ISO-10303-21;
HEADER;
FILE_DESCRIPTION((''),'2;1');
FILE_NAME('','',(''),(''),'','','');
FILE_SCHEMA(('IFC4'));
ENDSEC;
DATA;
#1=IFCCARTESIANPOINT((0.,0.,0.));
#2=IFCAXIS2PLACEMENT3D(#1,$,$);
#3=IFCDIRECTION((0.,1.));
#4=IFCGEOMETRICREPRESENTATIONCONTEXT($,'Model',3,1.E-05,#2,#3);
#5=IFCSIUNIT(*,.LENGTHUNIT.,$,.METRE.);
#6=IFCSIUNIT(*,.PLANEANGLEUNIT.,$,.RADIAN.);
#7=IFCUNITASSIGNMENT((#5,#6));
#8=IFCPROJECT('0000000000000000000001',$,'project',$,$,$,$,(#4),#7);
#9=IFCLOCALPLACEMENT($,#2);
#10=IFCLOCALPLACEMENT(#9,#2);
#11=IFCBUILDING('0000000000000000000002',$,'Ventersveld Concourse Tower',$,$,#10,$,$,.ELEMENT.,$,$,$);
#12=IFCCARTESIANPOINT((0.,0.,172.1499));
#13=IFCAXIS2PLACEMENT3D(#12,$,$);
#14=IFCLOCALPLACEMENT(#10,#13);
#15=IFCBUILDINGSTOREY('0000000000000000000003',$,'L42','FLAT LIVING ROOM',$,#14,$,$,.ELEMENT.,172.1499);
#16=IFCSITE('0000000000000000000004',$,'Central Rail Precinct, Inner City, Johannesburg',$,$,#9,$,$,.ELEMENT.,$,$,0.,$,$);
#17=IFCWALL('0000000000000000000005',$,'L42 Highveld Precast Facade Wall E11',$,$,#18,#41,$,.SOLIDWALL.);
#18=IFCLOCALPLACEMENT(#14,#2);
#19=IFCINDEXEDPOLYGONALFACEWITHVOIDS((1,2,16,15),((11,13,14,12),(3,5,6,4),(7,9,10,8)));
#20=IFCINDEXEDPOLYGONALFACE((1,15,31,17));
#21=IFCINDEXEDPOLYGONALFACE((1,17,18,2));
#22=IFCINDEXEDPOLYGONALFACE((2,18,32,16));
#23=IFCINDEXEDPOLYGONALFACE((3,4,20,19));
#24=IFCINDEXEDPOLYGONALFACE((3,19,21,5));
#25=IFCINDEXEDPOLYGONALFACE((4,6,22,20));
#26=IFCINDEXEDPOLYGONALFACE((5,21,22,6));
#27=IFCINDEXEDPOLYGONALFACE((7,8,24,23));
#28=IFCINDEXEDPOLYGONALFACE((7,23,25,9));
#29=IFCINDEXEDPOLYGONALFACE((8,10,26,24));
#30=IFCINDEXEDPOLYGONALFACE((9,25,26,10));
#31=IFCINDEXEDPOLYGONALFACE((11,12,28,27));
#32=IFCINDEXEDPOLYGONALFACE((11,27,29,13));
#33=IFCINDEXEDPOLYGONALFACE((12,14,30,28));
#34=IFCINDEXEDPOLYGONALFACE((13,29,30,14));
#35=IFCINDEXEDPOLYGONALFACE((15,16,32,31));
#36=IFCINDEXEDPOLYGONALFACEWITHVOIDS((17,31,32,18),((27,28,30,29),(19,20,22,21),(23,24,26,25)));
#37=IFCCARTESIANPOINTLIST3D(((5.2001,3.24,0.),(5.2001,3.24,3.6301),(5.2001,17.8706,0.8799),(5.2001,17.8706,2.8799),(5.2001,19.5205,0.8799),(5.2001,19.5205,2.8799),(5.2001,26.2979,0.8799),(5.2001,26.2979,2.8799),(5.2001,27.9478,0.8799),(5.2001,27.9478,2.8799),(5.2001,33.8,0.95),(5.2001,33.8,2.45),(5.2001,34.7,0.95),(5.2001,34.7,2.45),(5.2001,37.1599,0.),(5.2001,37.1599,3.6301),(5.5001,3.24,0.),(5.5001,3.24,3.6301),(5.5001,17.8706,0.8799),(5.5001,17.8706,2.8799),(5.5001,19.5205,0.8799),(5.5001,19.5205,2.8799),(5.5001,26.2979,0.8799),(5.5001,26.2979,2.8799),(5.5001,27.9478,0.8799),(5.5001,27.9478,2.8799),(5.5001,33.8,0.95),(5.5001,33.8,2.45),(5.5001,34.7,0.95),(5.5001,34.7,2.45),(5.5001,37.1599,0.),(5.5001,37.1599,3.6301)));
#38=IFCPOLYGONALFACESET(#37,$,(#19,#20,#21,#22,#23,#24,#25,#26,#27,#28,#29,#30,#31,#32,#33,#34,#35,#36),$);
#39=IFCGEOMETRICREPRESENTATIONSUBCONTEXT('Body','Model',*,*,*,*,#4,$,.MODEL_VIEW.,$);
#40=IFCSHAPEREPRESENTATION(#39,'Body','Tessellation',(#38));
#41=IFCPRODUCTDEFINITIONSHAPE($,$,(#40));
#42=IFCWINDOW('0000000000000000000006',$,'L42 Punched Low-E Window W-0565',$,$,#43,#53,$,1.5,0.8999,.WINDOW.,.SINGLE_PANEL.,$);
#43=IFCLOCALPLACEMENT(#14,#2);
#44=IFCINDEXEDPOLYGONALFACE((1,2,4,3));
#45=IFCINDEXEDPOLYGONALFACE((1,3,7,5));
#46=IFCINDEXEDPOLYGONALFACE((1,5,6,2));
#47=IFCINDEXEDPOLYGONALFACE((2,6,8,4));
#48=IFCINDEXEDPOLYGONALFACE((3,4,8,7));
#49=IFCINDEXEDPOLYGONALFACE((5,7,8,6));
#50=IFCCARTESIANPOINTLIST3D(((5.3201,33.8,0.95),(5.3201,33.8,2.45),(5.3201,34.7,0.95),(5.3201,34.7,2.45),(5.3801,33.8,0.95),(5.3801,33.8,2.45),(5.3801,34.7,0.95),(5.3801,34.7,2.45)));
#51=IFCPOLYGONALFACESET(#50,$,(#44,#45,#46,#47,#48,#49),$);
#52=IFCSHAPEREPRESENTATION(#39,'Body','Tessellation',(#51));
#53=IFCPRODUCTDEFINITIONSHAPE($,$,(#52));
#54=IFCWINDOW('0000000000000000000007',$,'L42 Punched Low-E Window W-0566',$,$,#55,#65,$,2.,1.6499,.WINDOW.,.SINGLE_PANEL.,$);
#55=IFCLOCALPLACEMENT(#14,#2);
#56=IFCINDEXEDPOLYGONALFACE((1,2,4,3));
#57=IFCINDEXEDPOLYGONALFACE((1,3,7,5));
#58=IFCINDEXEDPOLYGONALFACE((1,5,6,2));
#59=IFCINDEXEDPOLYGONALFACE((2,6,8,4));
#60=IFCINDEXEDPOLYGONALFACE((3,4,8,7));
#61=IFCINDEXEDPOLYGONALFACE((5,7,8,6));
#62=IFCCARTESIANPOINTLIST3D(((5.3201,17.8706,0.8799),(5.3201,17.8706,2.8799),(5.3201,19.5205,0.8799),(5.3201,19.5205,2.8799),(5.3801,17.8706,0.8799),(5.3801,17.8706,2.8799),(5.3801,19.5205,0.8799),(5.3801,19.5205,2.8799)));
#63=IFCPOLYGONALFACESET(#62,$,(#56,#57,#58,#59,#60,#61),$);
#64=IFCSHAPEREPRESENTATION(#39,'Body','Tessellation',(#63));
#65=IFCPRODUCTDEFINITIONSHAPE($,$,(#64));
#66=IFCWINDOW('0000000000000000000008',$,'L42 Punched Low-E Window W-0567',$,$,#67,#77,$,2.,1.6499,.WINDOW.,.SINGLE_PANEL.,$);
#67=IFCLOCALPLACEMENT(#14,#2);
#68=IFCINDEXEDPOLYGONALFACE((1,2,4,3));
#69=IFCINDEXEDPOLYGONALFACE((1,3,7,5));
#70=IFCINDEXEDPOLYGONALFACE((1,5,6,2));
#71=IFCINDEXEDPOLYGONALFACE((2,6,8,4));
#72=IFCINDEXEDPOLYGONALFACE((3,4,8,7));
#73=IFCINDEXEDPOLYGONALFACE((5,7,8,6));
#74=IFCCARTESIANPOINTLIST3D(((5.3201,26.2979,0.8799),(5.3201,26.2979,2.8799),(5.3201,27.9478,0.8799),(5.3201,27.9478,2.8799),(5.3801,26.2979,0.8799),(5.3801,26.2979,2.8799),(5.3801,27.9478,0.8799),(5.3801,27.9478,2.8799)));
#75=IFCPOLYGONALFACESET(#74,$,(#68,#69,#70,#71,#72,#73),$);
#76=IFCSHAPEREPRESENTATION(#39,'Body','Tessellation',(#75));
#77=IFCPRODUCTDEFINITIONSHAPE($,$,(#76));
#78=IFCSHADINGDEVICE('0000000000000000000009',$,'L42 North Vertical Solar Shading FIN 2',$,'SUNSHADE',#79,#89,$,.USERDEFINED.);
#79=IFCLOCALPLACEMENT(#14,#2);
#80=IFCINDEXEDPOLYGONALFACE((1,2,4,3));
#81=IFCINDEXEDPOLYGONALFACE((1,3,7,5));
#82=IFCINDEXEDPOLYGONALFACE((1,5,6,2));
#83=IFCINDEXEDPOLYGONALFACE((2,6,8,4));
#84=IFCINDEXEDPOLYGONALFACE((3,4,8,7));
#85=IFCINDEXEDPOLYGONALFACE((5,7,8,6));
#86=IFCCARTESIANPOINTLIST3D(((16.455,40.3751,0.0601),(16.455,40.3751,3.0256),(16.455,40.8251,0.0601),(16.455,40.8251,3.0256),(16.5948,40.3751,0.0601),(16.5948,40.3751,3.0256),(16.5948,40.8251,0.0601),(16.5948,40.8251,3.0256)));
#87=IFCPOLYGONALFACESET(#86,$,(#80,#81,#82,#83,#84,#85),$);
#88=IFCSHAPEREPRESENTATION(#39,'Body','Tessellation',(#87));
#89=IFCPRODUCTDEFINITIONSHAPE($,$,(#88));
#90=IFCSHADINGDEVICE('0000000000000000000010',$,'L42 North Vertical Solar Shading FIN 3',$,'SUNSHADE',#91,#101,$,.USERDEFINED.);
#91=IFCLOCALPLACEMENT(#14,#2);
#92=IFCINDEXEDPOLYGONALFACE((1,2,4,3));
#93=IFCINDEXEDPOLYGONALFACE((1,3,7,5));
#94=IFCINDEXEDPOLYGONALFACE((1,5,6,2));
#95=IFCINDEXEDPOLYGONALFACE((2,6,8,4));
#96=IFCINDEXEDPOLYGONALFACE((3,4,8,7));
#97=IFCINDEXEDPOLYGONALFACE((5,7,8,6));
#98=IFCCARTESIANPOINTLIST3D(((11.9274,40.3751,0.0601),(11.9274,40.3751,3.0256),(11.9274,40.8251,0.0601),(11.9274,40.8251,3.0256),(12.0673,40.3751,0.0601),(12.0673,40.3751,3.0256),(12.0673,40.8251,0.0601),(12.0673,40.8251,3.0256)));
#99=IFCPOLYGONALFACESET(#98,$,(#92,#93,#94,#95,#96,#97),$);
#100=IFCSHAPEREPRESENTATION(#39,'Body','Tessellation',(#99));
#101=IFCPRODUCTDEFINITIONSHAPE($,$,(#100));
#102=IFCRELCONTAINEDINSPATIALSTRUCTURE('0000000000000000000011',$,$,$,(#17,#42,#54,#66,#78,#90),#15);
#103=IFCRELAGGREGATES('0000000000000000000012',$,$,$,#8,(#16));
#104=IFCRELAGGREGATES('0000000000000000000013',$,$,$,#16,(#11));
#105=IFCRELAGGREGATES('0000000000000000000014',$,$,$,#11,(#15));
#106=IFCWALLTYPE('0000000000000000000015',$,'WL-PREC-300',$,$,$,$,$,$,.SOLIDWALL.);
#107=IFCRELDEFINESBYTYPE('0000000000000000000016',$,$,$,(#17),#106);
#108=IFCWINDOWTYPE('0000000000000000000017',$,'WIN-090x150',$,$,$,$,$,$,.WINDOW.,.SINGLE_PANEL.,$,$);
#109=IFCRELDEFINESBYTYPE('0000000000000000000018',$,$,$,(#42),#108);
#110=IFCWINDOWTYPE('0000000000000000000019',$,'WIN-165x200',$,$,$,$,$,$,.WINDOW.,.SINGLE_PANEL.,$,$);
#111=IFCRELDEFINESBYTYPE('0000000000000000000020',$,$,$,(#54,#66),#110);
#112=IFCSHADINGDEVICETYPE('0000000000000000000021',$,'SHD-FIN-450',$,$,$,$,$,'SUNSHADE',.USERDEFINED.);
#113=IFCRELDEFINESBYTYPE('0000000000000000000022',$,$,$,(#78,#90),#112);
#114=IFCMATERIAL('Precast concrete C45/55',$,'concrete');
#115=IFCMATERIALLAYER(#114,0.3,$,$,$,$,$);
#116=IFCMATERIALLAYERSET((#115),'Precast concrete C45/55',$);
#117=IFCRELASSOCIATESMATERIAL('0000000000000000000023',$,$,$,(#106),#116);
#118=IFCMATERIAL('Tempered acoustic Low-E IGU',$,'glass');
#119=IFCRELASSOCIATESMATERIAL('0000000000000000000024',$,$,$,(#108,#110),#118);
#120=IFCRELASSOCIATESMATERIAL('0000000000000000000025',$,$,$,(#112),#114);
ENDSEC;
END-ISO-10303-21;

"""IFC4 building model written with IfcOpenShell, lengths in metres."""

from ifc_helpers import new_model, si_unit, direction, frame, frame_2d, origin, origin_2d, place, context, subcontext, project, spatial, rectangle, extrude, material, layer, layer_set, type_object, element, fill, save


model = new_model("IFC4")

# Units and contexts
model_context = context("Model", 3, precision=1e-05, world=origin(), true_north=direction((0.0, 1.0)))
body_context = subcontext(model_context, "Body", "Model", "MODEL_VIEW")
ifc_project = project(units=[si_unit("LENGTHUNIT", "METRE"), si_unit("PLANEANGLEUNIT", "RADIAN")], contexts=[model_context])

# Site, building, storey
site_placement = place(None, origin())
site = spatial("IfcSite", under=ifc_project, at=site_placement, Name="Central Rail Precinct, Inner City, Johannesburg", CompositionType="ELEMENT", RefElevation=0.0)
building_placement = place(site_placement, origin())
building = spatial("IfcBuilding", under=site, at=building_placement, Name="Ventersveld Concourse Tower", CompositionType="ELEMENT")
storey_placement = place(building_placement, frame((0.0, 0.0, 172.1499)))
storey = spatial("IfcBuildingStorey", under=building, at=storey_placement, Name="L42", Description="FLAT LIVING ROOM", CompositionType="ELEMENT", Elevation=172.1499)

# Shared definitions
ifc_material_1 = material(Name="Precast concrete C45/55", Category="concrete")
ifc_layer_1 = layer(ifc_material_1, 0.3)
ifc_layer_set_1 = layer_set([ifc_layer_1], Name="Precast concrete C45/55")
wall_type_1 = type_object("IfcWallType", Name="WL-PREC-300", PredefinedType="SOLIDWALL", material=ifc_layer_set_1)

# Wall, openings, windows
wall_1_placement = place(storey_placement, frame((5.3501, 37.1599, 0.0), z_axis=(0.0, 0.0, 1.0), x_axis=(0.0, -1.0, 0.0)))
wall_1 = element("IfcWall", 1, at=wall_1_placement, inside=storey, type_object=wall_type_1, Name="L42 Highveld Precast Facade Wall E11", PredefinedType="SOLIDWALL", context=body_context, shape_type="SweptSolid", body=[
    extrude(rectangle(XDim=33.9199, YDim=0.3, at=frame_2d((16.96, 0.0))), origin(), (0.0, 0.0, 1.0), 3.6301),
])
opening_1_placement = place(wall_1_placement, frame((2.46, 0.0, 0.95)))
opening_1 = element("IfcOpeningElement", 2, at=opening_1_placement, cuts=wall_1, PredefinedType="OPENING", context=body_context, shape_type="SweptSolid", body=[
    extrude(rectangle(XDim=0.8999, YDim=1.5, at=frame_2d((0.45, 0.75))), frame((0.0, 0.1602, 0.0), z_axis=(0.0, -1.0, 0.0), x_axis=(1.0, 0.0, 0.0)), (0.0, 0.0, 1.0), 0.3201),
])
opening_2_placement = place(wall_1_placement, frame((17.6394, 0.0, 0.8799)))
opening_2 = element("IfcOpeningElement", 3, at=opening_2_placement, cuts=wall_1, PredefinedType="OPENING", context=body_context, shape_type="SweptSolid", body=[
    extrude(rectangle(XDim=1.6499, YDim=2.0, at=frame_2d((0.825, 1.0))), frame((0.0, 0.1602, 0.0), z_axis=(0.0, -1.0, 0.0), x_axis=(1.0, 0.0, 0.0)), (0.0, 0.0, 1.0), 0.3201),
])
opening_3_placement = place(wall_1_placement, frame((9.2122, 0.0, 0.8799)))
opening_3 = element("IfcOpeningElement", 4, at=opening_3_placement, cuts=wall_1, PredefinedType="OPENING", context=body_context, shape_type="SweptSolid", body=[
    extrude(rectangle(XDim=1.6499, YDim=2.0, at=frame_2d((0.825, 1.0))), frame((0.0, 0.1602, 0.0), z_axis=(0.0, -1.0, 0.0), x_axis=(1.0, 0.0, 0.0)), (0.0, 0.0, 1.0), 0.3201),
])
ifc_material_2 = material(Name="Tempered acoustic Low-E IGU", Category="glass")
window_type_1 = type_object("IfcWindowType", Name="WIN-090x150", PartitioningType="SINGLE_PANEL", PredefinedType="WINDOW", material=ifc_material_2)
window_1_placement = place(opening_1_placement, origin())
window_1 = element("IfcWindow", 5, at=window_1_placement, inside=storey, type_object=window_type_1, Name="L42 Punched Low-E Window W-0565", OverallHeight=1.5, OverallWidth=0.8999, PartitioningType="SINGLE_PANEL", PredefinedType="WINDOW", context=body_context, shape_type="SweptSolid", body=[
    extrude(rectangle(XDim=0.8999, YDim=1.5, at=frame_2d((0.45, 0.75))), frame((0.0, 0.03, 0.0), z_axis=(0.0, -1.0, 0.0), x_axis=(1.0, 0.0, 0.0)), (0.0, 0.0, 1.0), 0.0601),
])
fill(opening_1, window_1)
window_type_2 = type_object("IfcWindowType", Name="WIN-165x200", PartitioningType="SINGLE_PANEL", PredefinedType="WINDOW", material=ifc_material_2)
window_2_placement = place(opening_2_placement, origin())
window_2 = element("IfcWindow", 6, at=window_2_placement, inside=storey, type_object=window_type_2, Name="L42 Punched Low-E Window W-0566", OverallHeight=2.0, OverallWidth=1.6499, PartitioningType="SINGLE_PANEL", PredefinedType="WINDOW", context=body_context, shape_type="SweptSolid", body=[
    extrude(rectangle(XDim=1.6499, YDim=2.0, at=frame_2d((0.825, 1.0))), frame((0.0, 0.03, 0.0), z_axis=(0.0, -1.0, 0.0), x_axis=(1.0, 0.0, 0.0)), (0.0, 0.0, 1.0), 0.0601),
])
fill(opening_2, window_2)
window_3_placement = place(opening_3_placement, origin())
window_3 = element("IfcWindow", 7, at=window_3_placement, inside=storey, type_object=window_type_2, Name="L42 Punched Low-E Window W-0567", OverallHeight=2.0, OverallWidth=1.6499, PartitioningType="SINGLE_PANEL", PredefinedType="WINDOW", context=body_context, shape_type="SweptSolid", body=[
    extrude(rectangle(XDim=1.6499, YDim=2.0, at=frame_2d((0.825, 1.0))), frame((0.0, 0.03, 0.0), z_axis=(0.0, -1.0, 0.0), x_axis=(1.0, 0.0, 0.0)), (0.0, 0.0, 1.0), 0.0601),
])
fill(opening_3, window_3)

# Shading devices
shading_device_type = type_object("IfcShadingDeviceType", Name="SHD-FIN-450", ElementType="SUNSHADE", PredefinedType="USERDEFINED", material=ifc_material_1)
for number, where, z_axis, x_axis, name in (
    (8, (16.5249, 40.6001, 0.0601), (0.0, 0.0, 1.0), (1.0, 0.0, 0.0), "L42 North Vertical Solar Shading FIN 2"),
    (9, (11.9973, 40.6001, 0.0601), (0.0, 0.0, 1.0), (1.0, 0.0, 0.0), "L42 North Vertical Solar Shading FIN 3"),
):
    element("IfcShadingDevice", number, at=place(storey_placement, frame(where, z_axis=z_axis, x_axis=x_axis)), inside=storey, type_object=shading_device_type, Name=name, ObjectType="SUNSHADE", PredefinedType="USERDEFINED", context=body_context, shape_type="SweptSolid", body=[
        extrude(rectangle(XDim=0.1399, YDim=0.45, at=origin_2d()), origin(), (0.0, 0.0, 1.0), 2.9656),
    ])

save(model, "model.ifc")
